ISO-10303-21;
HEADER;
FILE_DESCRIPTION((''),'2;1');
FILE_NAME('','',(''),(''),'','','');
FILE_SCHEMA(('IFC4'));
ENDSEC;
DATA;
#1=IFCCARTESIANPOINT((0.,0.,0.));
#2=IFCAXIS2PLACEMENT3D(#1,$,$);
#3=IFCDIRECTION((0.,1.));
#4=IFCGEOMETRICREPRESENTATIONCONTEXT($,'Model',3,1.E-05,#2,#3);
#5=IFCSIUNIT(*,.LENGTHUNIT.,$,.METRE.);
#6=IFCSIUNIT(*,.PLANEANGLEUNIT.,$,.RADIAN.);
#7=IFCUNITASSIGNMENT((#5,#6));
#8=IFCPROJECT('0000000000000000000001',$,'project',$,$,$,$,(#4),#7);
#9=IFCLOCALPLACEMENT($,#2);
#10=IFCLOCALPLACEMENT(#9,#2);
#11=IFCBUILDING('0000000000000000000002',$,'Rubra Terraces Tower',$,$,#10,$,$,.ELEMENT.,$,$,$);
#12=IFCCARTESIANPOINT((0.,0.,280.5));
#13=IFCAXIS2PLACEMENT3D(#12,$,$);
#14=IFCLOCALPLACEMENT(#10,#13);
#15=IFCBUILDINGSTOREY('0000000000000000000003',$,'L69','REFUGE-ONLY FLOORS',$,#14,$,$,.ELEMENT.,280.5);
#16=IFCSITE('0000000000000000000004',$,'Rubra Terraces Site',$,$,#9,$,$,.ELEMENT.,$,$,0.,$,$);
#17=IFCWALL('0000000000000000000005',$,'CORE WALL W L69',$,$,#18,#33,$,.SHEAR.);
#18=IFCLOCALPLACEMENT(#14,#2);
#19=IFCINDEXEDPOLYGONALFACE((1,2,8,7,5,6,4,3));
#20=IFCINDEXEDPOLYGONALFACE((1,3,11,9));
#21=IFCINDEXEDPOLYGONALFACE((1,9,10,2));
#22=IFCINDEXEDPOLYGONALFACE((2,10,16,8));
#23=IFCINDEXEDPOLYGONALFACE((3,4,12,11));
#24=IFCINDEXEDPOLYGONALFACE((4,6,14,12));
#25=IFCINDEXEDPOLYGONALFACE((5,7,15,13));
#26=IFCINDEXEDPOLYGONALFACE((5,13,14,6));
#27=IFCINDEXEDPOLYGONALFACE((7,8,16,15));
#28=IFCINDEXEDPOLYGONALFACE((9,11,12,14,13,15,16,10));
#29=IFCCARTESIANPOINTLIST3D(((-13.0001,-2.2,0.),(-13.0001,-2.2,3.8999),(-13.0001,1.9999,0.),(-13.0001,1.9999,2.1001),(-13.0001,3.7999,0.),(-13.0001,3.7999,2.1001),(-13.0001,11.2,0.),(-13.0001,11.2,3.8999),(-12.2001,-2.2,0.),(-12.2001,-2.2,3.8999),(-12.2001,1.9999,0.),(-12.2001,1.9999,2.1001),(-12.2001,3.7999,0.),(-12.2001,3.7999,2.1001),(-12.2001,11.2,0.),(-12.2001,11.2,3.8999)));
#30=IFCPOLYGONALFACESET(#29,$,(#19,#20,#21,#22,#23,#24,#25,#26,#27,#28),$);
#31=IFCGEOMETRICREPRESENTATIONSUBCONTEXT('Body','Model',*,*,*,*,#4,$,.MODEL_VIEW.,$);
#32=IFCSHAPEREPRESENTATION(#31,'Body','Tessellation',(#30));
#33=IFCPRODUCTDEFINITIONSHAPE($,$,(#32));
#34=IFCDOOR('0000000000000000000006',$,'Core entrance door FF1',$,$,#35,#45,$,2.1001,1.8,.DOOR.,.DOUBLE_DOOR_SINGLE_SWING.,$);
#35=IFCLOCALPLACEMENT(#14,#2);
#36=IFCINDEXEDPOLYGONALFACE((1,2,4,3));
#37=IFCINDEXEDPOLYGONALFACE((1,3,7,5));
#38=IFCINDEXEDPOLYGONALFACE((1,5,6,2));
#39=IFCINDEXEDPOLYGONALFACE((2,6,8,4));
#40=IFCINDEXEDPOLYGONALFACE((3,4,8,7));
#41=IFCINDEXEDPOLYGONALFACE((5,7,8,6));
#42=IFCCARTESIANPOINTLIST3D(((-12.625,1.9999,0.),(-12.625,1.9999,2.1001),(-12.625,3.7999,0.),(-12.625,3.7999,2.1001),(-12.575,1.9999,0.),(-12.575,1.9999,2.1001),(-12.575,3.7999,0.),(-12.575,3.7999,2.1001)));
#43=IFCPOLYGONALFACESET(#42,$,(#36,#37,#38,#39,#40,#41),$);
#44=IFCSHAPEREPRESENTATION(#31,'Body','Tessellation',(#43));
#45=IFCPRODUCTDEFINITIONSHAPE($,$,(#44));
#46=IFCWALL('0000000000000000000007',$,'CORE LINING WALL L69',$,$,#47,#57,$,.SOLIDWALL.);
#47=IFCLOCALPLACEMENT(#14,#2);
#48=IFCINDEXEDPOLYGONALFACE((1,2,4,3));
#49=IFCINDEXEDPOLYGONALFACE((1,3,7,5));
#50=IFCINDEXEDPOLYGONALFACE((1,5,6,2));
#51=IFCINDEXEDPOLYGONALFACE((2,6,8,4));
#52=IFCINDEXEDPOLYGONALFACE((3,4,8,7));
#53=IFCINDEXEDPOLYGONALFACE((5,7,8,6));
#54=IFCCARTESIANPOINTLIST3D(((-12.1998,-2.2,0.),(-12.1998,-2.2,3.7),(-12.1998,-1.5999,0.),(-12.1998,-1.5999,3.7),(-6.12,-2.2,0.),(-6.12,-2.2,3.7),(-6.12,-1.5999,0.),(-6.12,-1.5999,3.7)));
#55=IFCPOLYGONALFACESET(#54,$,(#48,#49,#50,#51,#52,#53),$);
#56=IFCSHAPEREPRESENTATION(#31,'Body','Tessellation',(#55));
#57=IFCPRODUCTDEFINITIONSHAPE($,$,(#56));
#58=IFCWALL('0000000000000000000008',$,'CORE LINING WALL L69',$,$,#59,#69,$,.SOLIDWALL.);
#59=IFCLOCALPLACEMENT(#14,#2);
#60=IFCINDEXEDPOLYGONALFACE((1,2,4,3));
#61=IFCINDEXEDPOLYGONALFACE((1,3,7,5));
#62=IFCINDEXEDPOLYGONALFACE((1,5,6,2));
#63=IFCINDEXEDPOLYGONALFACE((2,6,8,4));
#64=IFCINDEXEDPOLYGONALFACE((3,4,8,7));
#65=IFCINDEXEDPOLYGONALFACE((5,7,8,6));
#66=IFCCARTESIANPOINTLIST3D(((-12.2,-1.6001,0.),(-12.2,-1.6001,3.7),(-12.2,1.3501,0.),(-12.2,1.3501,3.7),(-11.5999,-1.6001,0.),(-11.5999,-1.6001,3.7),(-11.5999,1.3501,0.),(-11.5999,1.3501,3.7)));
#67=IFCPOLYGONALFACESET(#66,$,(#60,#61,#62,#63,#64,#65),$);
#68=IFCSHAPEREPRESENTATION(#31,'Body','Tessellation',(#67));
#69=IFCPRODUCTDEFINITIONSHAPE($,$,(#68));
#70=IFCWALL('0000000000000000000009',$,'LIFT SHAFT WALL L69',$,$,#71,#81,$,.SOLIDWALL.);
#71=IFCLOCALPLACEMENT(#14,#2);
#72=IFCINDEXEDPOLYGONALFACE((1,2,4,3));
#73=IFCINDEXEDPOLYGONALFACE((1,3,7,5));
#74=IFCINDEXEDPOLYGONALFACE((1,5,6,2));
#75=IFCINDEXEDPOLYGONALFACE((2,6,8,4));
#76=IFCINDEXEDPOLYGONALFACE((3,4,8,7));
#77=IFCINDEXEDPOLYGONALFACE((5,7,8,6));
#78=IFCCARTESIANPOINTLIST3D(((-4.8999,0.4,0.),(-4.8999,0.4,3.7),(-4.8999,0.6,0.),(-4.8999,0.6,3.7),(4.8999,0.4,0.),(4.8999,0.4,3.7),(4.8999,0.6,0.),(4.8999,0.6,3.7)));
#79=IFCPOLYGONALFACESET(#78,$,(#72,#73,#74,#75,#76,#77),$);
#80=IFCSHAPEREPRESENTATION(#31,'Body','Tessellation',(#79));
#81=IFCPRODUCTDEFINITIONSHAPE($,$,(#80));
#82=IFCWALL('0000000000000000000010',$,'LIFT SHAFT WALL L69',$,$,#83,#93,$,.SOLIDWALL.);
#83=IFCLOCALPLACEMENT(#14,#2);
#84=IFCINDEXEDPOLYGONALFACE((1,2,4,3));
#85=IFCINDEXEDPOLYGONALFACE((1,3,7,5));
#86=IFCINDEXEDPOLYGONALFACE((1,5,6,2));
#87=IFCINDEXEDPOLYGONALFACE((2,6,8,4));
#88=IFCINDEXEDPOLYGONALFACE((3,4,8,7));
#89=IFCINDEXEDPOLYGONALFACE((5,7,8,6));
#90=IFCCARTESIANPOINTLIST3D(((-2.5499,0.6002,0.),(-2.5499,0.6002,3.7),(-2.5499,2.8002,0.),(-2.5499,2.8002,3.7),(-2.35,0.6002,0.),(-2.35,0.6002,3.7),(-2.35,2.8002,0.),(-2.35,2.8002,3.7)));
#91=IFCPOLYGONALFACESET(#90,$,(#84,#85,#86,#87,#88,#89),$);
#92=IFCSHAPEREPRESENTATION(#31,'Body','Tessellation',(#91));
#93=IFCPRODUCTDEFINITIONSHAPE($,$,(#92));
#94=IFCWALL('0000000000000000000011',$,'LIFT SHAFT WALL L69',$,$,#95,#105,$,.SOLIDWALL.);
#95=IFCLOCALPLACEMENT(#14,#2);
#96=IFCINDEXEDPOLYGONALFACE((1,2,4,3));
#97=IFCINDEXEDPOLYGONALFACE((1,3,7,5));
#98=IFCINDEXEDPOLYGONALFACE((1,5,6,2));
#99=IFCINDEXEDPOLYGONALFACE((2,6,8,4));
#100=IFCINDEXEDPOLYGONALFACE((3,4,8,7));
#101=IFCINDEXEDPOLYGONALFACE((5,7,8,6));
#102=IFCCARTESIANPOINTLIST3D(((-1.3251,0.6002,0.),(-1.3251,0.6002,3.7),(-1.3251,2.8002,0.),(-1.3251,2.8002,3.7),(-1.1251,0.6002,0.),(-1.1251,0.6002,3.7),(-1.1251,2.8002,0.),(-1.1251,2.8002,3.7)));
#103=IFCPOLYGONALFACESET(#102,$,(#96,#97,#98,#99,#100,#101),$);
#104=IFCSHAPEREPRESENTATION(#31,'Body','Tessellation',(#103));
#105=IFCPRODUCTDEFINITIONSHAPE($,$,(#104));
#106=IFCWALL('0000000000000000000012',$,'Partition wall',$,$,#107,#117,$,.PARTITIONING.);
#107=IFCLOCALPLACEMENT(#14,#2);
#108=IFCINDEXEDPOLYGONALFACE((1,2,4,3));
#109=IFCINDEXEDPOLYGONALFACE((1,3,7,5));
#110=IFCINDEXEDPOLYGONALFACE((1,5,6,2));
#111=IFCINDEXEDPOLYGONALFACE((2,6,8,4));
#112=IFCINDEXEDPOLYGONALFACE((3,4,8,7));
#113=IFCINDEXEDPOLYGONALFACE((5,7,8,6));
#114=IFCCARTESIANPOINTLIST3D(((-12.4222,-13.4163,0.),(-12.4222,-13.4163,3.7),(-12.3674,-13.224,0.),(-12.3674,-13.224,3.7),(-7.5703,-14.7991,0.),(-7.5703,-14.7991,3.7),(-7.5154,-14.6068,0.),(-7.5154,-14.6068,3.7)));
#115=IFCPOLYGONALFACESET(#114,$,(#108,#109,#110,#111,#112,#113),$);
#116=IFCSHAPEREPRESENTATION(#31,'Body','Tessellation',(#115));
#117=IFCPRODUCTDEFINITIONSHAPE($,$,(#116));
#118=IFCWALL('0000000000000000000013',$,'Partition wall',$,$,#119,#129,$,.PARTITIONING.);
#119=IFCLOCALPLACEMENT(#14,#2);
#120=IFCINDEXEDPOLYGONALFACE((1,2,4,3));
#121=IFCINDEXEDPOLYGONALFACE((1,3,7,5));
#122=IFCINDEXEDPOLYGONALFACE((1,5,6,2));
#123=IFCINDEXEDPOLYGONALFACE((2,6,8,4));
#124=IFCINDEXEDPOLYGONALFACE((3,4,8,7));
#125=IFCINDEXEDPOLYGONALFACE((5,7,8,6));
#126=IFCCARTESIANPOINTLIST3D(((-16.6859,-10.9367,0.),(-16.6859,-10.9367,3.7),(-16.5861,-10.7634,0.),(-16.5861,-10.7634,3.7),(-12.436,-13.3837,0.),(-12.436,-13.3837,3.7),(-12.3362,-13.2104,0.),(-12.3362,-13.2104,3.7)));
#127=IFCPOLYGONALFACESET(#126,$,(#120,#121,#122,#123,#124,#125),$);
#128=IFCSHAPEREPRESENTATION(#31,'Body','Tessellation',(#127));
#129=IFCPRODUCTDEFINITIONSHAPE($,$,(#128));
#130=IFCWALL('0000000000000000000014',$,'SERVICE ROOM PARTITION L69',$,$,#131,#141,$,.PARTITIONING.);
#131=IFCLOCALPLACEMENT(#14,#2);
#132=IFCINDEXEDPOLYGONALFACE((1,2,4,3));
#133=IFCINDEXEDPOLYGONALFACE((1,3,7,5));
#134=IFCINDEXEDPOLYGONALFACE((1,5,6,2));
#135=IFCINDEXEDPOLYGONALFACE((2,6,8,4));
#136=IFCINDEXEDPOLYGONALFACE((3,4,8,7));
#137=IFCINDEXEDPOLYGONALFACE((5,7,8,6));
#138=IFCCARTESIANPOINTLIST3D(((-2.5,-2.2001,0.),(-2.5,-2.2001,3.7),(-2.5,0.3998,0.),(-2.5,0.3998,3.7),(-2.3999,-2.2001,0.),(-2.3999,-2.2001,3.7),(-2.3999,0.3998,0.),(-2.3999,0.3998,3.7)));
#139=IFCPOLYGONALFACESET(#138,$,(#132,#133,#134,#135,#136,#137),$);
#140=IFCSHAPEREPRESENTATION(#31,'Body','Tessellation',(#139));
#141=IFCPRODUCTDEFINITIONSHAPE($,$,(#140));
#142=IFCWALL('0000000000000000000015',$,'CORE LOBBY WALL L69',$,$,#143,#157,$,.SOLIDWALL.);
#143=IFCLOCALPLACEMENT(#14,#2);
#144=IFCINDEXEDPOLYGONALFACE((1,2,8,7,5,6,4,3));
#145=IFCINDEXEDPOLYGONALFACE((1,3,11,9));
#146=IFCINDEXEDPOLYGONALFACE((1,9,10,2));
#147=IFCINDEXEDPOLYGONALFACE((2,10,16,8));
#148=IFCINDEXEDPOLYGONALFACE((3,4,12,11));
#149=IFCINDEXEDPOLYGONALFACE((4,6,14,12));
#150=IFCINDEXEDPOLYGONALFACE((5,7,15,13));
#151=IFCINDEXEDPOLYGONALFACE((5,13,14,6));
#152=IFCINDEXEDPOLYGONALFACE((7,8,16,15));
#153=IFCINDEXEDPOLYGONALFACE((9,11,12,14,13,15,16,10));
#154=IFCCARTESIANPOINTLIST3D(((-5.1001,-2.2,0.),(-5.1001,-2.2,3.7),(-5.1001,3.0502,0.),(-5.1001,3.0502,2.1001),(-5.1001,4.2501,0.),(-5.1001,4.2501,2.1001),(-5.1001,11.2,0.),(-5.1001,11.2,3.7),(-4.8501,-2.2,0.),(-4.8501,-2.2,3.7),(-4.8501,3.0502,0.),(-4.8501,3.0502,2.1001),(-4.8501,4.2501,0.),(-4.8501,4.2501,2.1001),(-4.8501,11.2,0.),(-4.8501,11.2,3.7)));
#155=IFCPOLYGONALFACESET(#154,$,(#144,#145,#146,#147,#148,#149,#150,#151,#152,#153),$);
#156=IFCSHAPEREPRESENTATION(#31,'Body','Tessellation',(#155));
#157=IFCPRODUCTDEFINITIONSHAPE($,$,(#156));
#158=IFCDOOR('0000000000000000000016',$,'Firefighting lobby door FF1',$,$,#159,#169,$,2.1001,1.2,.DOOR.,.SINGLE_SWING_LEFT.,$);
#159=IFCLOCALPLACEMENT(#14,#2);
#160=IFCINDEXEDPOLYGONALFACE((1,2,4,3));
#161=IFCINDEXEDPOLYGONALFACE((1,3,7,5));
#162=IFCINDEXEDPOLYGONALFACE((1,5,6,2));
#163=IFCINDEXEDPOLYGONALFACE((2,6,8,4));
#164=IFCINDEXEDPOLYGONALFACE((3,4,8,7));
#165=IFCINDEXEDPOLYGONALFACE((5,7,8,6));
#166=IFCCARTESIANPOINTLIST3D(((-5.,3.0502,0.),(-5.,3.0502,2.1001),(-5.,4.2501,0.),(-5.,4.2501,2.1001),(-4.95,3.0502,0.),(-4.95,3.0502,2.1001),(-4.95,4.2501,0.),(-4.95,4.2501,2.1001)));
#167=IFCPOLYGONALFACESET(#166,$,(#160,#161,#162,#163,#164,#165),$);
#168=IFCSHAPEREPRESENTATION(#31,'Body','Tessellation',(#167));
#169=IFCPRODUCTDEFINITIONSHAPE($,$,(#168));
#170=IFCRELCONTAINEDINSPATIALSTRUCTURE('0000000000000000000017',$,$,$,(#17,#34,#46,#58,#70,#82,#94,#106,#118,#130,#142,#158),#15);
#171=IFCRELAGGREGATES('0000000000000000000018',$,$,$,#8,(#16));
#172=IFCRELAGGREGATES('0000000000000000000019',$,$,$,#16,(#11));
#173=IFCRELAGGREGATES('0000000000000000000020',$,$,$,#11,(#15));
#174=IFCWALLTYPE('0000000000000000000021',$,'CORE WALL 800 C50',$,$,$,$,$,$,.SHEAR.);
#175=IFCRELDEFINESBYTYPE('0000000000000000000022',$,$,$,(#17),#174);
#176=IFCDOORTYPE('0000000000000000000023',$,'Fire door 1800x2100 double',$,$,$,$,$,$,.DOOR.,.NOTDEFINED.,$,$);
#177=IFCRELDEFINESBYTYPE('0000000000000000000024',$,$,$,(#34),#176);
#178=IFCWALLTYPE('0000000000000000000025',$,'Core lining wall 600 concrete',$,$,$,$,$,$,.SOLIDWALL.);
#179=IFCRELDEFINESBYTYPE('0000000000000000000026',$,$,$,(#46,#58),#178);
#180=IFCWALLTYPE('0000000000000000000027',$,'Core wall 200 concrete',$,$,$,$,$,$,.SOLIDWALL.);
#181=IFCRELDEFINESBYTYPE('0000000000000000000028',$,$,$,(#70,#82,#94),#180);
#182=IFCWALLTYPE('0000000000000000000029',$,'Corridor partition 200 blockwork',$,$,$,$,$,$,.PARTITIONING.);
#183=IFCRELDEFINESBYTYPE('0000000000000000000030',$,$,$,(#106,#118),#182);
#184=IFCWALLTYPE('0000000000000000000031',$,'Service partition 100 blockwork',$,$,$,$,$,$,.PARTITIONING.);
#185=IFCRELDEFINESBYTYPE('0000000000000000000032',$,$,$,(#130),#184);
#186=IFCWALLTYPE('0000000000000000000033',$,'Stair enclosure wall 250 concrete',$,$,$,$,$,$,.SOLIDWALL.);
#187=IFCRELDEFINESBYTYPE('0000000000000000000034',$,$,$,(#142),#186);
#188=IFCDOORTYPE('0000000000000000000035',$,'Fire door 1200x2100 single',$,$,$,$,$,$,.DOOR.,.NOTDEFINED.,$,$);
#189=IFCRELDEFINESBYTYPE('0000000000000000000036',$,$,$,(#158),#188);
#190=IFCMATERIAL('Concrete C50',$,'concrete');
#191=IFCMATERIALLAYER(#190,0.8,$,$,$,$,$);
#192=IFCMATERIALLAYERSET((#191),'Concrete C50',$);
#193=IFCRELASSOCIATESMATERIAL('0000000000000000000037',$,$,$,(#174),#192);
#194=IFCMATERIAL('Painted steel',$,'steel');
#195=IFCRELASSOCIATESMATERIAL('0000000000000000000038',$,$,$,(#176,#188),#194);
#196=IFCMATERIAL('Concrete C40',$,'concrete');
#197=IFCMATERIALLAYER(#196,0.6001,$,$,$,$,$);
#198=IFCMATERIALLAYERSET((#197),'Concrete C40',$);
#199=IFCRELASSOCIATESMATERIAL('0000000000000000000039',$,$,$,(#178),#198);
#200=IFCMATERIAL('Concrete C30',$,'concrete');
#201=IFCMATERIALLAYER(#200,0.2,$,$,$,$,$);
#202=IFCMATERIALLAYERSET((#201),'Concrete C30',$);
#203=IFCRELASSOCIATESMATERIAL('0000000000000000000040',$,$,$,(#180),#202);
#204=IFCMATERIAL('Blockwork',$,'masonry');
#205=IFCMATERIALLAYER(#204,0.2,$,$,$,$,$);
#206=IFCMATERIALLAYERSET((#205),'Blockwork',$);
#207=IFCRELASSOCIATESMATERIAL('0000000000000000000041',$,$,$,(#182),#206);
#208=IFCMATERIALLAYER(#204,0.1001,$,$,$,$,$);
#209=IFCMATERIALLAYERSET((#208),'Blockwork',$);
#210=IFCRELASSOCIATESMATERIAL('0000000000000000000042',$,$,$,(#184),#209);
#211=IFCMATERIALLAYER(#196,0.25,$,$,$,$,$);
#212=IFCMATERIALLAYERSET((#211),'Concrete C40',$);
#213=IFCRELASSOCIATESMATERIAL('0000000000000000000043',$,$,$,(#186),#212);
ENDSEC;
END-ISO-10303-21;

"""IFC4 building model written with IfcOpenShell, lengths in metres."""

from ifc_helpers import new_model, si_unit, direction, frame, frame_2d, origin, place, context, subcontext, project, spatial, rectangle, extrude, material, layer, layer_set, type_object, element, fill, save


model = new_model("IFC4")

# Units and contexts
model_context = context("Model", 3, precision=1e-05, world=origin(), true_north=direction((0.0, 1.0)))
body_context = subcontext(model_context, "Body", "Model", "MODEL_VIEW")
ifc_project = project(units=[si_unit("LENGTHUNIT", "METRE"), si_unit("PLANEANGLEUNIT", "RADIAN")], contexts=[model_context])

# Site, building, storey
site_placement = place(None, origin())
site = spatial("IfcSite", under=ifc_project, at=site_placement, Name="Rubra Terraces Site", CompositionType="ELEMENT", RefElevation=0.0)
building_placement = place(site_placement, origin())
building = spatial("IfcBuilding", under=site, at=building_placement, Name="Rubra Terraces Tower", CompositionType="ELEMENT")
storey_placement = place(building_placement, frame((0.0, 0.0, 280.5)))
storey = spatial("IfcBuildingStorey", under=building, at=storey_placement, Name="L69", Description="REFUGE-ONLY FLOORS", CompositionType="ELEMENT", Elevation=280.5)

# Shared definitions
ifc_material_1 = material(Name="Concrete C40", Category="concrete")

# Wall, opening, door
ifc_material_2 = material(Name="Concrete C50", Category="concrete")
ifc_layer_1 = layer(ifc_material_2, 0.8)
ifc_layer_set_1 = layer_set([ifc_layer_1], Name="Concrete C50")
wall_type_1 = type_object("IfcWallType", Name="CORE WALL 800 C50", PredefinedType="SHEAR", material=ifc_layer_set_1)
wall_1_placement = place(storey_placement, frame((-12.6001, -2.2, 0.0), z_axis=(0.0, 0.0, 1.0), x_axis=(0.0, 1.0, 0.0)))
wall_1 = element("IfcWall", 1, at=wall_1_placement, inside=storey, type_object=wall_type_1, Name="CORE WALL W L69", PredefinedType="SHEAR", context=body_context, shape_type="SweptSolid", body=[
    extrude(rectangle(XDim=13.3999, YDim=0.8, at=frame_2d((6.7, 0.0))), origin(), (0.0, 0.0, 1.0), 3.8999),
])
opening_1_placement = place(wall_1_placement, frame((4.2, 0.0, 0.0)))
opening_1 = element("IfcOpeningElement", 2, at=opening_1_placement, cuts=wall_1, PredefinedType="OPENING", context=body_context, shape_type="SweptSolid", body=[
    extrude(rectangle(XDim=1.8, YDim=2.1001, at=frame_2d((0.8999, 1.05))), frame((0.0, 0.4099, 0.0), z_axis=(0.0, -1.0, 0.0), x_axis=(1.0, 0.0, 0.0)), (0.0, 0.0, 1.0), 0.8201),
])
ifc_material_3 = material(Name="Painted steel", Category="steel")
door_type_1 = type_object("IfcDoorType", Name="Fire door 1800x2100 double", OperationType="NOTDEFINED", PredefinedType="DOOR", material=ifc_material_3)
door_1_placement = place(opening_1_placement, origin())
door_1 = element("IfcDoor", 3, at=door_1_placement, inside=storey, type_object=door_type_1, Name="Core entrance door FF1", OperationType="DOUBLE_DOOR_SINGLE_SWING", OverallHeight=2.1001, OverallWidth=1.8, PredefinedType="DOOR", context=body_context, shape_type="SweptSolid", body=[
    extrude(rectangle(XDim=1.8, YDim=2.1001, at=frame_2d((0.8999, 1.05))), frame((0.0, 0.0249, 0.0), z_axis=(0.0, -1.0, 0.0), x_axis=(1.0, 0.0, 0.0)), (0.0, 0.0, 1.0), 0.05),
])
fill(opening_1, door_1)

# Walls
ifc_layer_2 = layer(ifc_material_1, 0.6001)
ifc_layer_set_2 = layer_set([ifc_layer_2], Name="Concrete C40")
wall_type_2 = type_object("IfcWallType", Name="Core lining wall 600 concrete", PredefinedType="SOLIDWALL", material=ifc_layer_set_2)
wall_2_placement = place(storey_placement, frame((-12.2, -1.8999, 0.0), z_axis=(0.0, 0.0, 1.0), x_axis=(1.0, 0.0, 0.0)))
element("IfcWall", 4, at=wall_2_placement, inside=storey, type_object=wall_type_2, Name="CORE LINING WALL L69", PredefinedType="SOLIDWALL", context=body_context, shape_type="SweptSolid", body=[
    extrude(rectangle(XDim=6.0798, YDim=0.6001, at=frame_2d((3.04, 0.0))), origin(), (0.0, 0.0, 1.0), 3.7),
])
wall_3_placement = place(storey_placement, frame((-11.8999, -1.6001, 0.0), z_axis=(0.0, 0.0, 1.0), x_axis=(0.0, 1.0, 0.0)))
element("IfcWall", 5, at=wall_3_placement, inside=storey, type_object=wall_type_2, Name="CORE LINING WALL L69", PredefinedType="SOLIDWALL", context=body_context, shape_type="SweptSolid", body=[
    extrude(rectangle(XDim=2.9502, YDim=0.6001, at=frame_2d((1.4751, 0.0))), origin(), (0.0, 0.0, 1.0), 3.7),
])
ifc_material_4 = material(Name="Concrete C30", Category="concrete")
ifc_layer_3 = layer(ifc_material_4, 0.2)
ifc_layer_set_3 = layer_set([ifc_layer_3], Name="Concrete C30")
wall_type_3 = type_object("IfcWallType", Name="Core wall 200 concrete", PredefinedType="SOLIDWALL", material=ifc_layer_set_3)
wall_4_placement = place(storey_placement, frame((-4.8999, 0.5, 0.0), z_axis=(0.0, 0.0, 1.0), x_axis=(1.0, 0.0, 0.0)))
element("IfcWall", 6, at=wall_4_placement, inside=storey, type_object=wall_type_3, Name="LIFT SHAFT WALL L69", PredefinedType="SOLIDWALL", context=body_context, shape_type="SweptSolid", body=[
    extrude(rectangle(XDim=9.7998, YDim=0.2, at=frame_2d((4.8999, 0.0))), origin(), (0.0, 0.0, 1.0), 3.7),
])
for number, where, z_axis, x_axis, name in (
    (7, (-2.45, 0.6001, 0.0), (0.0, 0.0, 1.0), (0.0, 1.0, 0.0), "LIFT SHAFT WALL L69"),
    (8, (-1.2251, 0.6001, 0.0), (0.0, 0.0, 1.0), (0.0, 1.0, 0.0), "LIFT SHAFT WALL L69"),
):
    element("IfcWall", number, at=place(storey_placement, frame(where, z_axis=z_axis, x_axis=x_axis)), inside=storey, type_object=wall_type_3, Name=name, PredefinedType="SOLIDWALL", context=body_context, shape_type="SweptSolid", body=[
        extrude(rectangle(XDim=2.2, YDim=0.2, at=frame_2d((1.1001, 0.0))), origin(), (0.0, 0.0, 1.0), 3.7),
    ])
ifc_material_5 = material(Name="Blockwork", Category="masonry")
ifc_layer_4 = layer(ifc_material_5, 0.2)
ifc_layer_set_4 = layer_set([ifc_layer_4], Name="Blockwork")
wall_type_4 = type_object("IfcWallType", Name="Corridor partition 200 blockwork", PredefinedType="PARTITIONING", material=ifc_layer_set_4)
wall_5_placement = place(storey_placement, frame((-7.543, -14.7029, 0.0), z_axis=(0.0, 0.0, 1.0), x_axis=(-0.961706, 0.274082, 0.0)))
element("IfcWall", 9, at=wall_5_placement, inside=storey, type_object=wall_type_4, Name="Partition wall", PredefinedType="PARTITIONING", context=body_context, shape_type="SweptSolid", body=[
    extrude(rectangle(XDim=5.0452, YDim=0.2, at=frame_2d((2.5225, 0.0))), origin(), (0.0, 0.0, 1.0), 3.7),
])
wall_6_placement = place(storey_placement, frame((-12.386, -13.2971, 0.0), z_axis=(0.0, 0.0, 1.0), x_axis=(-0.866618, 0.498972, 0.0)))
element("IfcWall", 10, at=wall_6_placement, inside=storey, type_object=wall_type_4, Name="Partition wall", PredefinedType="PARTITIONING", context=body_context, shape_type="SweptSolid", body=[
    extrude(rectangle(XDim=4.9041, YDim=0.2, at=frame_2d((2.4521, 0.0))), origin(), (0.0, 0.0, 1.0), 3.7),
])
ifc_layer_5 = layer(ifc_material_5, 0.1001)
ifc_layer_set_5 = layer_set([ifc_layer_5], Name="Blockwork")
wall_type_5 = type_object("IfcWallType", Name="Service partition 100 blockwork", PredefinedType="PARTITIONING", material=ifc_layer_set_5)
wall_7_placement = place(storey_placement, frame((-2.45, -2.2, 0.0), z_axis=(0.0, 0.0, 1.0), x_axis=(0.0, 1.0, 0.0)))
element("IfcWall", 11, at=wall_7_placement, inside=storey, type_object=wall_type_5, Name="SERVICE ROOM PARTITION L69", PredefinedType="PARTITIONING", context=body_context, shape_type="SweptSolid", body=[
    extrude(rectangle(XDim=2.5999, YDim=0.1001, at=frame_2d((1.2998, 0.0))), origin(), (0.0, 0.0, 1.0), 3.7),
])

# Wall, opening, door
ifc_layer_6 = layer(ifc_material_1, 0.25)
ifc_layer_set_6 = layer_set([ifc_layer_6], Name="Concrete C40")
wall_type_6 = type_object("IfcWallType", Name="Stair enclosure wall 250 concrete", PredefinedType="SOLIDWALL", material=ifc_layer_set_6)
wall_8_placement = place(storey_placement, frame((-4.9751, -2.2, 0.0), z_axis=(0.0, 0.0, 1.0), x_axis=(0.0, 1.0, 0.0)))
wall_8 = element("IfcWall", 12, at=wall_8_placement, inside=storey, type_object=wall_type_6, Name="CORE LOBBY WALL L69", PredefinedType="SOLIDWALL", context=body_context, shape_type="SweptSolid", body=[
    extrude(rectangle(XDim=13.3999, YDim=0.25, at=frame_2d((6.7, 0.0))), origin(), (0.0, 0.0, 1.0), 3.7),
])
opening_2_placement = place(wall_8_placement, frame((5.25, 0.0, 0.0)))
opening_2 = element("IfcOpeningElement", 13, at=opening_2_placement, cuts=wall_8, PredefinedType="OPENING", context=body_context, shape_type="SweptSolid", body=[
    extrude(rectangle(XDim=1.2, YDim=2.1001, at=frame_2d((0.6001, 1.05))), frame((0.0, 0.135, 0.0), z_axis=(0.0, -1.0, 0.0), x_axis=(1.0, 0.0, 0.0)), (0.0, 0.0, 1.0), 0.27),
])
door_type_2 = type_object("IfcDoorType", Name="Fire door 1200x2100 single", OperationType="NOTDEFINED", PredefinedType="DOOR", material=ifc_material_3)
door_2_placement = place(opening_2_placement, origin())
door_2 = element("IfcDoor", 14, at=door_2_placement, inside=storey, type_object=door_type_2, Name="Firefighting lobby door FF1", OperationType="SINGLE_SWING_LEFT", OverallHeight=2.1001, OverallWidth=1.2, PredefinedType="DOOR", context=body_context, shape_type="SweptSolid", body=[
    extrude(rectangle(XDim=1.2, YDim=2.1001, at=frame_2d((0.6001, 1.05))), frame((0.0, 0.0249, 0.0), z_axis=(0.0, -1.0, 0.0), x_axis=(1.0, 0.0, 0.0)), (0.0, 0.0, 1.0), 0.05),
])
fill(opening_2, door_2)

save(model, "model.ifc")
